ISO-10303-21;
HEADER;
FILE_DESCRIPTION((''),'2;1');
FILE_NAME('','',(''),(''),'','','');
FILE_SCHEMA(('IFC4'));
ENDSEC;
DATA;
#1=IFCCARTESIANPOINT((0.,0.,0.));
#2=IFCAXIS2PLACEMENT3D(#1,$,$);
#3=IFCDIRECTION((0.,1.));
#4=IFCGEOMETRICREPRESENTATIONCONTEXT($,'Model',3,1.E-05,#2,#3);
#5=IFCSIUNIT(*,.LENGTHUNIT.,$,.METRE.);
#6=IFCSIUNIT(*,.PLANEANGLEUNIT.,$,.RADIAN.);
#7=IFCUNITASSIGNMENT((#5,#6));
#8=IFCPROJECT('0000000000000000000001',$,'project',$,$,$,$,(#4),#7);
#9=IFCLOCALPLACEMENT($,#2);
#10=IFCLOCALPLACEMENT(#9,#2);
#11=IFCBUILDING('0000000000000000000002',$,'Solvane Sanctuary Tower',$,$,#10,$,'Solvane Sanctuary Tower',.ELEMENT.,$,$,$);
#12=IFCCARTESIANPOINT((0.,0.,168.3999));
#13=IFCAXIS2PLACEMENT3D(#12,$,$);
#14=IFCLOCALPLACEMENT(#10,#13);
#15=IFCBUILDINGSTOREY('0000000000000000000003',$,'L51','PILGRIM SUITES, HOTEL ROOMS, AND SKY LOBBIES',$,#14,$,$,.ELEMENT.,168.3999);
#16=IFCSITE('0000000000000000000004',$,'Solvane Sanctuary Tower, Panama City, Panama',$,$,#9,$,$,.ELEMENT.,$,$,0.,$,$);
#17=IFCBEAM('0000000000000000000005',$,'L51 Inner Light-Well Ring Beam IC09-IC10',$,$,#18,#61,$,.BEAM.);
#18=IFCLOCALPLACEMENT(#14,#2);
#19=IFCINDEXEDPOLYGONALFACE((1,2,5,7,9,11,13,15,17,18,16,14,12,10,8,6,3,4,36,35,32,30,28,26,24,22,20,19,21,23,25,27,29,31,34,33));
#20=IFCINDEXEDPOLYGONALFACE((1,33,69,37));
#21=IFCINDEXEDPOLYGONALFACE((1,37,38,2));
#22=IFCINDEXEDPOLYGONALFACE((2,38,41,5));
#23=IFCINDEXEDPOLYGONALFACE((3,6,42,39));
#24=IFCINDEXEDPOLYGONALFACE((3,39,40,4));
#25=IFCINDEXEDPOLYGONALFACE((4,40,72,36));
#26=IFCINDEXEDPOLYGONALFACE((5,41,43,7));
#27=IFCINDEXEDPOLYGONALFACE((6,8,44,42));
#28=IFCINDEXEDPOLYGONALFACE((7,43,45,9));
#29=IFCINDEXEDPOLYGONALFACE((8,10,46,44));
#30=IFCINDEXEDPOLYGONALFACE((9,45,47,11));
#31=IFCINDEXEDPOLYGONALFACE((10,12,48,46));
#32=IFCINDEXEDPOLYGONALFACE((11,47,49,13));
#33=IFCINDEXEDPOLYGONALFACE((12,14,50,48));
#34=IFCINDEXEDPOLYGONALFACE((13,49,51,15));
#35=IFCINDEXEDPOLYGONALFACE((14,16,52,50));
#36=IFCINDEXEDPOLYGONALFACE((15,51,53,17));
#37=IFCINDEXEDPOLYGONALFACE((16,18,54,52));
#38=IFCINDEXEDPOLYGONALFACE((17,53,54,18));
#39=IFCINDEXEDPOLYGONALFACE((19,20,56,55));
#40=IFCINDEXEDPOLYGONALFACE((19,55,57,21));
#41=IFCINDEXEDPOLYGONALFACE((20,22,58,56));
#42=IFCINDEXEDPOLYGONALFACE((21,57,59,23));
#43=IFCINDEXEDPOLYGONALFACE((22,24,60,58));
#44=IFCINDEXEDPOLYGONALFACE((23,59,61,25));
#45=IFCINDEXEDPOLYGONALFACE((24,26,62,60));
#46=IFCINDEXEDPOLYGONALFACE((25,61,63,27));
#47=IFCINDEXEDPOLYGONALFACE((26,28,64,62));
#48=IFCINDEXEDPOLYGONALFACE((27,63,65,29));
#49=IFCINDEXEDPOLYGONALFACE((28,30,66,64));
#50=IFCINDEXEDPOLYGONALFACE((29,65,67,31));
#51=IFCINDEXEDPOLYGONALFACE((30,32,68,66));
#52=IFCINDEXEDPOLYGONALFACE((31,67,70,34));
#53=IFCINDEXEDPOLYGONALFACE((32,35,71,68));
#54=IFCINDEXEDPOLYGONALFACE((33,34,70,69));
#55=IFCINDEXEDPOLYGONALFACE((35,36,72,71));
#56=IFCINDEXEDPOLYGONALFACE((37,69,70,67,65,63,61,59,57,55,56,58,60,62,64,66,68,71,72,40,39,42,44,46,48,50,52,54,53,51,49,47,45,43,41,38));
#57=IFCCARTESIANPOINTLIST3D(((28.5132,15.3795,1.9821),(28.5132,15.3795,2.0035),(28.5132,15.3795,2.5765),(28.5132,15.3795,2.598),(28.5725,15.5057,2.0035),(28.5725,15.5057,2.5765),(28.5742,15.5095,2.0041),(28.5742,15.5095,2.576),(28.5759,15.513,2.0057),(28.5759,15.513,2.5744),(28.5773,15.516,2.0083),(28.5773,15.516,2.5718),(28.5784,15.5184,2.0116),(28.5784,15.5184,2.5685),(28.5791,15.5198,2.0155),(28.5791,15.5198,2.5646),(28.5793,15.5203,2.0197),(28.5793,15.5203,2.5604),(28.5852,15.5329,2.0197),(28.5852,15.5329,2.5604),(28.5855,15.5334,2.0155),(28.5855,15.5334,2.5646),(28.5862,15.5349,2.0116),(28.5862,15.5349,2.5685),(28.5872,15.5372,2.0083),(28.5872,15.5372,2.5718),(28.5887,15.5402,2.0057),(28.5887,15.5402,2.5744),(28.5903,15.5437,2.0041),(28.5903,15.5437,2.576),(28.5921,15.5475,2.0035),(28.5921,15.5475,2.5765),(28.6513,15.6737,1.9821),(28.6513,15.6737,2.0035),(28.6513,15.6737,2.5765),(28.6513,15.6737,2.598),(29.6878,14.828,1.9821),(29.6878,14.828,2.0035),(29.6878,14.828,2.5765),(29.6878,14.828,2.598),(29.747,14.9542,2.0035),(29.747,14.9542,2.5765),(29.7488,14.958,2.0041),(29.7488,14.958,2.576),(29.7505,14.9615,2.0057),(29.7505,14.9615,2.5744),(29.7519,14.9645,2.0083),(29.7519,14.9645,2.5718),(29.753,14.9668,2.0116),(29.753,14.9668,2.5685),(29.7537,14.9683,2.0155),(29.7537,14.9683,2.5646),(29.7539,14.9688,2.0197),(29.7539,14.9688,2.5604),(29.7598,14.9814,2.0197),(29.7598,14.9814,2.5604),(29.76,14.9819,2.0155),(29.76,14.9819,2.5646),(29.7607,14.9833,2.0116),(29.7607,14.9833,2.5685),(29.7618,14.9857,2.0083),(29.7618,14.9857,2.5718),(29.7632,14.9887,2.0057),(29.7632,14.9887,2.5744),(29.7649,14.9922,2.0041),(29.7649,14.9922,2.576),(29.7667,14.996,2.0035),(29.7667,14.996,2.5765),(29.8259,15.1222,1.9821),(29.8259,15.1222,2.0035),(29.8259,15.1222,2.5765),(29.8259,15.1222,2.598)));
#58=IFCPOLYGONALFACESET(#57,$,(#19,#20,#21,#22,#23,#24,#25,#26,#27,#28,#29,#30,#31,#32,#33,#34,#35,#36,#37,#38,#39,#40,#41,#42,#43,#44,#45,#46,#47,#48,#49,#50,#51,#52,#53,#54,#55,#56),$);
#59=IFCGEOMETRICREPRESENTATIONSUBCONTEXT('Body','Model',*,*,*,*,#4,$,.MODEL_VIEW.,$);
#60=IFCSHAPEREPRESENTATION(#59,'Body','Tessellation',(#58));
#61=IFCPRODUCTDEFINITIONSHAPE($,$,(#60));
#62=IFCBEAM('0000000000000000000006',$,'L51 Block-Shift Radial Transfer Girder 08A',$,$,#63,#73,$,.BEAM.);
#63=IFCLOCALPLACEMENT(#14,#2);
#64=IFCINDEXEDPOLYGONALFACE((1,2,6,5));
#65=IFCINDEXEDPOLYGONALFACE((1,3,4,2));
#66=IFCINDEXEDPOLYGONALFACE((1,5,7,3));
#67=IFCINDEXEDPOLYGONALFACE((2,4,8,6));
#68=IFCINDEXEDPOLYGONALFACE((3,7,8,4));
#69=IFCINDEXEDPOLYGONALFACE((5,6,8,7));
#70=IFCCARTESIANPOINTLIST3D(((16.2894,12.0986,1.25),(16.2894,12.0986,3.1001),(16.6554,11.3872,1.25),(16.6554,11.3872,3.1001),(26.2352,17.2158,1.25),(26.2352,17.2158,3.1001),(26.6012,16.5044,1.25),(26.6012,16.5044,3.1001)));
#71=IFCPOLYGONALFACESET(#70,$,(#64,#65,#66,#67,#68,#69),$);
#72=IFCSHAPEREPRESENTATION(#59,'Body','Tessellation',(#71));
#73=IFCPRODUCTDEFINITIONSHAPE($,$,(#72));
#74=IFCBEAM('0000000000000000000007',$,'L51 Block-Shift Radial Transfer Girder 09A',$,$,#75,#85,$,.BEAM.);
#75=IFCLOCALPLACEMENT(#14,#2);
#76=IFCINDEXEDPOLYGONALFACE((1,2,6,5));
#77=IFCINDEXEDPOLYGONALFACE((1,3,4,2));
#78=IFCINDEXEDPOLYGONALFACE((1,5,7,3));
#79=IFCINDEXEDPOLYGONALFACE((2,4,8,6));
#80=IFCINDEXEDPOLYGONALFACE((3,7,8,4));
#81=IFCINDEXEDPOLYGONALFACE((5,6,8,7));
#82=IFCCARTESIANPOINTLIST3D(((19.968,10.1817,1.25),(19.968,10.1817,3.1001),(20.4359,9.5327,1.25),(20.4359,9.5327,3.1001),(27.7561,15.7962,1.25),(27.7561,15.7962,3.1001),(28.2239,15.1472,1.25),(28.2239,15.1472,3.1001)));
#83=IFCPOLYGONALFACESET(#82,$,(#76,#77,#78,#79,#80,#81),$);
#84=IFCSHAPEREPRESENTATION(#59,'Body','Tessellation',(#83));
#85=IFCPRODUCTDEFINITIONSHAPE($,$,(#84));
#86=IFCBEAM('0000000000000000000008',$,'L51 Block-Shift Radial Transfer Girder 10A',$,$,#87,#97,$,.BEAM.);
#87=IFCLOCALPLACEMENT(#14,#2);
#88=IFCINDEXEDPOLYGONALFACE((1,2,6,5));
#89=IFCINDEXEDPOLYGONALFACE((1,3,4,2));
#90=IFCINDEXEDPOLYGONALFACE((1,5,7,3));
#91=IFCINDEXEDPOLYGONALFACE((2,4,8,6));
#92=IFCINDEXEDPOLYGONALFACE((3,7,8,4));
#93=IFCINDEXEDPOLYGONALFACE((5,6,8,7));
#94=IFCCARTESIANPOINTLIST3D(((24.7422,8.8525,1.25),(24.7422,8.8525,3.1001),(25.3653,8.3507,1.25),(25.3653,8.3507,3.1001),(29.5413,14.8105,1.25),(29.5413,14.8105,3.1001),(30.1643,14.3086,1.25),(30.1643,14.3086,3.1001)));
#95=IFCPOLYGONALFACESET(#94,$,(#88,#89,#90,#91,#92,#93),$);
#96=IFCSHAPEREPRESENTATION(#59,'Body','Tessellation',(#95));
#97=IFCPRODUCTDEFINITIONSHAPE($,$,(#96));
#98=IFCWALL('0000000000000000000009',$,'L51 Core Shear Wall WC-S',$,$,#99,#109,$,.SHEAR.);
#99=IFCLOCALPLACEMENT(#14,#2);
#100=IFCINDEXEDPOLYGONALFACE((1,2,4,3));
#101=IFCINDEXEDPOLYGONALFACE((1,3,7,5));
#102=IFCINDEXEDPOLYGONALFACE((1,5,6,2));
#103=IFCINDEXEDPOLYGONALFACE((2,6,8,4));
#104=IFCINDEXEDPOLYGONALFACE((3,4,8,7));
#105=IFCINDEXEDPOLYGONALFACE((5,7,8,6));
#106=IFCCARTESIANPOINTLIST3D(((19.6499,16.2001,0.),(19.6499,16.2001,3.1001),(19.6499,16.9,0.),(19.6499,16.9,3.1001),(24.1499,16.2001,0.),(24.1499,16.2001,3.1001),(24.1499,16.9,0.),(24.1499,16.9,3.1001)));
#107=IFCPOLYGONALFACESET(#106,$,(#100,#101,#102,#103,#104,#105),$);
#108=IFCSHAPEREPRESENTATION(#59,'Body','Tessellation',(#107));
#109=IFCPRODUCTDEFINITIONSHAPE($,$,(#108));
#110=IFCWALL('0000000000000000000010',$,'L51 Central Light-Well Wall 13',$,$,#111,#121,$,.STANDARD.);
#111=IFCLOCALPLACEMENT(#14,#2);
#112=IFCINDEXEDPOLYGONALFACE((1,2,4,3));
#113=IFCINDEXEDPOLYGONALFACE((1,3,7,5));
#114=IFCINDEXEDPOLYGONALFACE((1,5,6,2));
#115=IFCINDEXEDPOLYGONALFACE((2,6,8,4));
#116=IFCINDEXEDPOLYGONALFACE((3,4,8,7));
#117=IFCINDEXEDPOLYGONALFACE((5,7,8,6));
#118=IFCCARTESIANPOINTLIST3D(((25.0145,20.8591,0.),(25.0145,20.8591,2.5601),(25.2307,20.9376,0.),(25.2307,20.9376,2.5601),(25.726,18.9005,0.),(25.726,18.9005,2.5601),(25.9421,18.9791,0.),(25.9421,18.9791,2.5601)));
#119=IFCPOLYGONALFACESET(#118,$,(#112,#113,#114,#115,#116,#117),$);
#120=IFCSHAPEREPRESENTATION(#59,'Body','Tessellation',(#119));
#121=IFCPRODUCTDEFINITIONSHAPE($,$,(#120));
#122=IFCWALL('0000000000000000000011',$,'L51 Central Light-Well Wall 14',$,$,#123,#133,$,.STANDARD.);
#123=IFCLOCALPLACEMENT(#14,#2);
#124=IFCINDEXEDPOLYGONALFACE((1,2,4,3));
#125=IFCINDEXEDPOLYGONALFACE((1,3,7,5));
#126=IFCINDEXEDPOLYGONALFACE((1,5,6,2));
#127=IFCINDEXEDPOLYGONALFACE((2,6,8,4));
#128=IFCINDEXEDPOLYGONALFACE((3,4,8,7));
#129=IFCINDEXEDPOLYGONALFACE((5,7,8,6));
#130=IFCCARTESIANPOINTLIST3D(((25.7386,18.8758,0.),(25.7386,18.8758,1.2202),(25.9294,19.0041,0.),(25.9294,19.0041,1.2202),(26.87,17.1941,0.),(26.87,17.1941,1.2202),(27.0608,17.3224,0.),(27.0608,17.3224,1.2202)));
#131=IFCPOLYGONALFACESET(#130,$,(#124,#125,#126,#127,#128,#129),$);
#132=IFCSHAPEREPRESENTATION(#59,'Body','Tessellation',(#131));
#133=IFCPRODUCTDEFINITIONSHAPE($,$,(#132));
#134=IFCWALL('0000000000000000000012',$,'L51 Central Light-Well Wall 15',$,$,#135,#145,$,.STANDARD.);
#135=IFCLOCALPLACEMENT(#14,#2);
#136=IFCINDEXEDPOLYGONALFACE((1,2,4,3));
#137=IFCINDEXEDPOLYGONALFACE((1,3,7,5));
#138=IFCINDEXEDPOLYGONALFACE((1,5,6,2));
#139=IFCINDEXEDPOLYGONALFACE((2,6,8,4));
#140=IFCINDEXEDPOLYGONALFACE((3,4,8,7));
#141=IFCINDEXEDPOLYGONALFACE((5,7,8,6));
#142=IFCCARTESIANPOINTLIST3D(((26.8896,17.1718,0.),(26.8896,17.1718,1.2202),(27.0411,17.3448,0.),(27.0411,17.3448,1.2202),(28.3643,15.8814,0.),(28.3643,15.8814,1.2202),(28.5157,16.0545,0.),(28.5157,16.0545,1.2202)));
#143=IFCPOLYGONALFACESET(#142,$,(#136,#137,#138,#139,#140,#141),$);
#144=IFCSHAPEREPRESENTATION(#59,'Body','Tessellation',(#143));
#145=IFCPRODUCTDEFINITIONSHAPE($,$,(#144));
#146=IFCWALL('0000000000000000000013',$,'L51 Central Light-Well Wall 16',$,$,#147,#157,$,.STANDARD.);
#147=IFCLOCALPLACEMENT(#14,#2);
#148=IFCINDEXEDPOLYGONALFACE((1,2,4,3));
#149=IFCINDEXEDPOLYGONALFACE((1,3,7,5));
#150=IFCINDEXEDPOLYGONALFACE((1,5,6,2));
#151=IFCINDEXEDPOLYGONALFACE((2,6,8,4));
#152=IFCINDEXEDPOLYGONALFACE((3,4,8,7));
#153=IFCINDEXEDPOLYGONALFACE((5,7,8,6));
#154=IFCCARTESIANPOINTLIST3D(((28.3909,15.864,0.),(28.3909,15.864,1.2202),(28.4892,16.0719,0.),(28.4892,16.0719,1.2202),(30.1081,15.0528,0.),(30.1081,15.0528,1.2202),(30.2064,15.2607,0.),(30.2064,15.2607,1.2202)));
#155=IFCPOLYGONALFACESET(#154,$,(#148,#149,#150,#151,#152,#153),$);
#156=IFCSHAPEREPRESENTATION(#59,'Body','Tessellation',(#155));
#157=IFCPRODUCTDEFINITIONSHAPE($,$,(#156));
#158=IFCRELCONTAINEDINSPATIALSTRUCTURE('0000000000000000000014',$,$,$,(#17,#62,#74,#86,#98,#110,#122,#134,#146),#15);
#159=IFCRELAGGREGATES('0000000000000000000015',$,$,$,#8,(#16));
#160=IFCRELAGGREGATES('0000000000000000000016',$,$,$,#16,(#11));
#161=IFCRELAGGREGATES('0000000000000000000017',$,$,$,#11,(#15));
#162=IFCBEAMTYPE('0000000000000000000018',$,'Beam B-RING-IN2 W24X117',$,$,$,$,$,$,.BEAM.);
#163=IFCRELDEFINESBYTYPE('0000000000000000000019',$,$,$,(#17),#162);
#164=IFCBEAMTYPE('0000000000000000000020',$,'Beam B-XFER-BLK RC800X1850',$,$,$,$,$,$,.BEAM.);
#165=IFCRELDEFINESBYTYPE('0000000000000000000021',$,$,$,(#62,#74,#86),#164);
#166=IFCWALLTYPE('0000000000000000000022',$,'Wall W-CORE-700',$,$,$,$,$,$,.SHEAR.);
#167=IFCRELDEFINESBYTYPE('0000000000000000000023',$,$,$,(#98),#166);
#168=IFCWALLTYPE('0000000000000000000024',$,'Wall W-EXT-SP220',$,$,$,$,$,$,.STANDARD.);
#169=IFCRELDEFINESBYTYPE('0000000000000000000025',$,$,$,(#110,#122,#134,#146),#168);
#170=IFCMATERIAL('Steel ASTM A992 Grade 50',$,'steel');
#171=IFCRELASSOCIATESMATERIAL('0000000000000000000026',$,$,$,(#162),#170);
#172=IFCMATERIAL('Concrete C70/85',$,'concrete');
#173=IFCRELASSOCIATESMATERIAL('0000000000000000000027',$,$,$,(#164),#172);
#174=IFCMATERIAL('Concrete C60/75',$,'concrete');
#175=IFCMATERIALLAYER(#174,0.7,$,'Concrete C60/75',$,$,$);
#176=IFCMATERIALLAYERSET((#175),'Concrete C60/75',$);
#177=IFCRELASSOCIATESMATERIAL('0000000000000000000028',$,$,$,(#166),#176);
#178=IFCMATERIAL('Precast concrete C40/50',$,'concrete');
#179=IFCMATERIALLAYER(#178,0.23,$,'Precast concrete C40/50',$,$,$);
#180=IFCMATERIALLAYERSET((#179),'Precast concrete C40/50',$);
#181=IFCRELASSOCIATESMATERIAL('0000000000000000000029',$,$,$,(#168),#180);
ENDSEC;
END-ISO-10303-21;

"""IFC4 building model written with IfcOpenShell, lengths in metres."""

from ifc_helpers import new_model, si_unit, direction, frame, frame_2d, origin, origin_2d, place, context, subcontext, project, spatial, rectangle, i_section, extrude, material, layer, layer_set, material_profile, profile_set, type_object, element, save


model = new_model("IFC4")

# Units and contexts
model_context = context("Model", 3, precision=1e-05, world=origin(), true_north=direction((0.0, 1.0)))
body_context = subcontext(model_context, "Body", "Model", "MODEL_VIEW")
ifc_project = project(units=[si_unit("LENGTHUNIT", "METRE"), si_unit("PLANEANGLEUNIT", "RADIAN")], contexts=[model_context])

# Site, building, storey
site_placement = place(None, origin())
site = spatial("IfcSite", under=ifc_project, at=site_placement, Name="Solvane Sanctuary Tower, Panama City, Panama", CompositionType="ELEMENT", RefElevation=0.0)
building_placement = place(site_placement, origin())
building = spatial("IfcBuilding", under=site, at=building_placement, Name="Solvane Sanctuary Tower", LongName="Solvane Sanctuary Tower", CompositionType="ELEMENT")
storey_placement = place(building_placement, frame((0.0, 0.0, 168.3999)))
storey = spatial("IfcBuildingStorey", under=building, at=storey_placement, Name="L51", Description="PILGRIM SUITES, HOTEL ROOMS, AND SKY LOBBIES", CompositionType="ELEMENT", Elevation=168.3999)

# Shared definitions
ifc_material_1 = material(Name="Concrete C70/85", Category="concrete")

# Beams
ifc_material_2 = material(Name="Steel ASTM A992 Grade 50", Category="steel")
ifc_material_profile_1 = material_profile(ifc_material_2, i_section(OverallWidth=0.325, OverallDepth=0.616, WebThickness=0.0139, FlangeThickness=0.0215, FilletRadius=0.0161, at=origin_2d()), Name="W24X117")
ifc_profile_set_1 = profile_set([ifc_material_profile_1], Name="Steel ASTM A992 Grade 50")
beam_type_1 = type_object("IfcBeamType", Name="Beam B-RING-IN2 W24X117", PredefinedType="BEAM", material=ifc_profile_set_1)
beam_1_placement = place(storey_placement, frame((28.5823, 15.5266, 2.29), z_axis=(0.905181, -0.425027, 0.0), x_axis=(0.425027, 0.905181, 0.0)))
element("IfcBeam", 1, at=beam_1_placement, inside=storey, type_object=beam_type_1, Name="L51 Inner Light-Well Ring Beam IC09-IC10", PredefinedType="BEAM", context=body_context, shape_type="SweptSolid", body=[
    extrude(i_section(OverallWidth=0.325, OverallDepth=0.616, WebThickness=0.0139, FlangeThickness=0.0215, FilletRadius=0.0161, at=origin_2d()), origin(), (0.0, 0.0, 1.0), 1.2976),
])
ifc_material_profile_2 = material_profile(ifc_material_1, rectangle(XDim=0.8, YDim=1.8501, at=origin_2d()), Name="RC800X1850")
ifc_profile_set_2 = profile_set([ifc_material_profile_2], Name="Concrete C70/85")
beam_type_2 = type_object("IfcBeamType", Name="Beam B-XFER-BLK RC800X1850", PredefinedType="BEAM", material=ifc_profile_set_2)
beam_2_placement = place(storey_placement, frame((26.4182, 16.8601, 2.175), z_axis=(-0.889208, -0.457504, 0.0), x_axis=(0.457504, -0.889208, 0.0)))
element("IfcBeam", 2, at=beam_2_placement, inside=storey, type_object=beam_type_2, Name="L51 Block-Shift Radial Transfer Girder 08A", PredefinedType="BEAM", context=body_context, shape_type="SweptSolid", body=[
    extrude(rectangle(XDim=0.8, YDim=1.8501, at=origin_2d()), origin(), (0.0, 0.0, 1.0), 11.1851),
])
beam_3_placement = place(storey_placement, frame((27.99, 15.4717, 2.175), z_axis=(-0.811185, -0.58479, 0.0), x_axis=(0.58479, -0.811185, 0.0)))
element("IfcBeam", 3, at=beam_3_placement, inside=storey, type_object=beam_type_2, Name="L51 Block-Shift Radial Transfer Girder 09A", PredefinedType="BEAM", context=body_context, shape_type="SweptSolid", body=[
    extrude(rectangle(XDim=0.8, YDim=1.8501, at=origin_2d()), origin(), (0.0, 0.0, 1.0), 9.6008),
])
beam_4_placement = place(storey_placement, frame((29.8528, 14.5596, 2.175), z_axis=(-0.627295, -0.778782, 0.0), x_axis=(0.778782, -0.627295, 0.0)))
element("IfcBeam", 4, at=beam_4_placement, inside=storey, type_object=beam_type_2, Name="L51 Block-Shift Radial Transfer Girder 10A", PredefinedType="BEAM", context=body_context, shape_type="SweptSolid", body=[
    extrude(rectangle(XDim=0.8, YDim=1.8501, at=origin_2d()), origin(), (0.0, 0.0, 1.0), 7.6504),
])

# Walls
ifc_material_3 = material(Name="Concrete C60/75", Category="concrete")
ifc_layer_1 = layer(ifc_material_3, 0.7, Name="Concrete C60/75")
ifc_layer_set_1 = layer_set([ifc_layer_1], Name="Concrete C60/75")
wall_type_1 = type_object("IfcWallType", Name="Wall W-CORE-700", PredefinedType="SHEAR", material=ifc_layer_set_1)
wall_1_placement = place(storey_placement, frame((19.6499, 16.55, 0.0), z_axis=(0.0, 0.0, 1.0), x_axis=(1.0, 0.0, 0.0)))
element("IfcWall", 5, at=wall_1_placement, inside=storey, type_object=wall_type_1, Name="L51 Core Shear Wall WC-S", PredefinedType="SHEAR", context=body_context, shape_type="SweptSolid", body=[
    extrude(rectangle(XDim=4.5, YDim=0.7, at=frame_2d((2.25, 0.0))), origin(), (0.0, 0.0, 1.0), 3.1001),
])
ifc_material_4 = material(Name="Precast concrete C40/50", Category="concrete")
ifc_layer_2 = layer(ifc_material_4, 0.23, Name="Precast concrete C40/50")
ifc_layer_set_2 = layer_set([ifc_layer_2], Name="Precast concrete C40/50")
wall_type_2 = type_object("IfcWallType", Name="Wall W-EXT-SP220", PredefinedType="STANDARD", material=ifc_layer_set_2)
wall_2_placement = place(storey_placement, frame((25.1226, 20.8984, 0.0), z_axis=(0.0, 0.0, 1.0), x_axis=(0.341423, -0.93991, 0.0)))
element("IfcWall", 6, at=wall_2_placement, inside=storey, type_object=wall_type_2, Name="L51 Central Light-Well Wall 13", PredefinedType="STANDARD", context=body_context, shape_type="SweptSolid", body=[
    extrude(rectangle(XDim=2.0837, YDim=0.23, at=frame_2d((1.042, 0.0))), origin(), (0.0, 0.0, 1.0), 2.5601),
])
wall_3_placement = place(storey_placement, frame((25.834, 18.9399, 0.0), z_axis=(0.0, 0.0, 1.0), x_axis=(0.558198, -0.829708, 0.0)))
element("IfcWall", 7, at=wall_3_placement, inside=storey, type_object=wall_type_2, Name="L51 Central Light-Well Wall 14", PredefinedType="STANDARD", context=body_context, shape_type="SweptSolid", body=[
    extrude(rectangle(XDim=2.0269, YDim=0.23, at=frame_2d((1.0134, 0.0))), origin(), (0.0, 0.0, 1.0), 1.2202),
])
wall_4_placement = place(storey_placement, frame((26.9653, 17.2583, 0.0), z_axis=(0.0, 0.0, 1.0), x_axis=(0.752577, -0.658505, 0.0)))
element("IfcWall", 8, at=wall_4_placement, inside=storey, type_object=wall_type_2, Name="L51 Central Light-Well Wall 15", PredefinedType="STANDARD", context=body_context, shape_type="SweptSolid", body=[
    extrude(rectangle(XDim=1.9595, YDim=0.23, at=frame_2d((0.9797, 0.0))), origin(), (0.0, 0.0, 1.0), 1.2202),
])
wall_5_placement = place(storey_placement, frame((28.4399, 15.968, 0.0), z_axis=(0.0, 0.0, 1.0), x_axis=(0.90418, -0.427152, 0.0)))
element("IfcWall", 9, at=wall_5_placement, inside=storey, type_object=wall_type_2, Name="L51 Central Light-Well Wall 16", PredefinedType="STANDARD", context=body_context, shape_type="SweptSolid", body=[
    extrude(rectangle(XDim=1.8992, YDim=0.23, at=frame_2d((0.9497, 0.0))), origin(), (0.0, 0.0, 1.0), 1.2202),
])

save(model, "model.ifc")
